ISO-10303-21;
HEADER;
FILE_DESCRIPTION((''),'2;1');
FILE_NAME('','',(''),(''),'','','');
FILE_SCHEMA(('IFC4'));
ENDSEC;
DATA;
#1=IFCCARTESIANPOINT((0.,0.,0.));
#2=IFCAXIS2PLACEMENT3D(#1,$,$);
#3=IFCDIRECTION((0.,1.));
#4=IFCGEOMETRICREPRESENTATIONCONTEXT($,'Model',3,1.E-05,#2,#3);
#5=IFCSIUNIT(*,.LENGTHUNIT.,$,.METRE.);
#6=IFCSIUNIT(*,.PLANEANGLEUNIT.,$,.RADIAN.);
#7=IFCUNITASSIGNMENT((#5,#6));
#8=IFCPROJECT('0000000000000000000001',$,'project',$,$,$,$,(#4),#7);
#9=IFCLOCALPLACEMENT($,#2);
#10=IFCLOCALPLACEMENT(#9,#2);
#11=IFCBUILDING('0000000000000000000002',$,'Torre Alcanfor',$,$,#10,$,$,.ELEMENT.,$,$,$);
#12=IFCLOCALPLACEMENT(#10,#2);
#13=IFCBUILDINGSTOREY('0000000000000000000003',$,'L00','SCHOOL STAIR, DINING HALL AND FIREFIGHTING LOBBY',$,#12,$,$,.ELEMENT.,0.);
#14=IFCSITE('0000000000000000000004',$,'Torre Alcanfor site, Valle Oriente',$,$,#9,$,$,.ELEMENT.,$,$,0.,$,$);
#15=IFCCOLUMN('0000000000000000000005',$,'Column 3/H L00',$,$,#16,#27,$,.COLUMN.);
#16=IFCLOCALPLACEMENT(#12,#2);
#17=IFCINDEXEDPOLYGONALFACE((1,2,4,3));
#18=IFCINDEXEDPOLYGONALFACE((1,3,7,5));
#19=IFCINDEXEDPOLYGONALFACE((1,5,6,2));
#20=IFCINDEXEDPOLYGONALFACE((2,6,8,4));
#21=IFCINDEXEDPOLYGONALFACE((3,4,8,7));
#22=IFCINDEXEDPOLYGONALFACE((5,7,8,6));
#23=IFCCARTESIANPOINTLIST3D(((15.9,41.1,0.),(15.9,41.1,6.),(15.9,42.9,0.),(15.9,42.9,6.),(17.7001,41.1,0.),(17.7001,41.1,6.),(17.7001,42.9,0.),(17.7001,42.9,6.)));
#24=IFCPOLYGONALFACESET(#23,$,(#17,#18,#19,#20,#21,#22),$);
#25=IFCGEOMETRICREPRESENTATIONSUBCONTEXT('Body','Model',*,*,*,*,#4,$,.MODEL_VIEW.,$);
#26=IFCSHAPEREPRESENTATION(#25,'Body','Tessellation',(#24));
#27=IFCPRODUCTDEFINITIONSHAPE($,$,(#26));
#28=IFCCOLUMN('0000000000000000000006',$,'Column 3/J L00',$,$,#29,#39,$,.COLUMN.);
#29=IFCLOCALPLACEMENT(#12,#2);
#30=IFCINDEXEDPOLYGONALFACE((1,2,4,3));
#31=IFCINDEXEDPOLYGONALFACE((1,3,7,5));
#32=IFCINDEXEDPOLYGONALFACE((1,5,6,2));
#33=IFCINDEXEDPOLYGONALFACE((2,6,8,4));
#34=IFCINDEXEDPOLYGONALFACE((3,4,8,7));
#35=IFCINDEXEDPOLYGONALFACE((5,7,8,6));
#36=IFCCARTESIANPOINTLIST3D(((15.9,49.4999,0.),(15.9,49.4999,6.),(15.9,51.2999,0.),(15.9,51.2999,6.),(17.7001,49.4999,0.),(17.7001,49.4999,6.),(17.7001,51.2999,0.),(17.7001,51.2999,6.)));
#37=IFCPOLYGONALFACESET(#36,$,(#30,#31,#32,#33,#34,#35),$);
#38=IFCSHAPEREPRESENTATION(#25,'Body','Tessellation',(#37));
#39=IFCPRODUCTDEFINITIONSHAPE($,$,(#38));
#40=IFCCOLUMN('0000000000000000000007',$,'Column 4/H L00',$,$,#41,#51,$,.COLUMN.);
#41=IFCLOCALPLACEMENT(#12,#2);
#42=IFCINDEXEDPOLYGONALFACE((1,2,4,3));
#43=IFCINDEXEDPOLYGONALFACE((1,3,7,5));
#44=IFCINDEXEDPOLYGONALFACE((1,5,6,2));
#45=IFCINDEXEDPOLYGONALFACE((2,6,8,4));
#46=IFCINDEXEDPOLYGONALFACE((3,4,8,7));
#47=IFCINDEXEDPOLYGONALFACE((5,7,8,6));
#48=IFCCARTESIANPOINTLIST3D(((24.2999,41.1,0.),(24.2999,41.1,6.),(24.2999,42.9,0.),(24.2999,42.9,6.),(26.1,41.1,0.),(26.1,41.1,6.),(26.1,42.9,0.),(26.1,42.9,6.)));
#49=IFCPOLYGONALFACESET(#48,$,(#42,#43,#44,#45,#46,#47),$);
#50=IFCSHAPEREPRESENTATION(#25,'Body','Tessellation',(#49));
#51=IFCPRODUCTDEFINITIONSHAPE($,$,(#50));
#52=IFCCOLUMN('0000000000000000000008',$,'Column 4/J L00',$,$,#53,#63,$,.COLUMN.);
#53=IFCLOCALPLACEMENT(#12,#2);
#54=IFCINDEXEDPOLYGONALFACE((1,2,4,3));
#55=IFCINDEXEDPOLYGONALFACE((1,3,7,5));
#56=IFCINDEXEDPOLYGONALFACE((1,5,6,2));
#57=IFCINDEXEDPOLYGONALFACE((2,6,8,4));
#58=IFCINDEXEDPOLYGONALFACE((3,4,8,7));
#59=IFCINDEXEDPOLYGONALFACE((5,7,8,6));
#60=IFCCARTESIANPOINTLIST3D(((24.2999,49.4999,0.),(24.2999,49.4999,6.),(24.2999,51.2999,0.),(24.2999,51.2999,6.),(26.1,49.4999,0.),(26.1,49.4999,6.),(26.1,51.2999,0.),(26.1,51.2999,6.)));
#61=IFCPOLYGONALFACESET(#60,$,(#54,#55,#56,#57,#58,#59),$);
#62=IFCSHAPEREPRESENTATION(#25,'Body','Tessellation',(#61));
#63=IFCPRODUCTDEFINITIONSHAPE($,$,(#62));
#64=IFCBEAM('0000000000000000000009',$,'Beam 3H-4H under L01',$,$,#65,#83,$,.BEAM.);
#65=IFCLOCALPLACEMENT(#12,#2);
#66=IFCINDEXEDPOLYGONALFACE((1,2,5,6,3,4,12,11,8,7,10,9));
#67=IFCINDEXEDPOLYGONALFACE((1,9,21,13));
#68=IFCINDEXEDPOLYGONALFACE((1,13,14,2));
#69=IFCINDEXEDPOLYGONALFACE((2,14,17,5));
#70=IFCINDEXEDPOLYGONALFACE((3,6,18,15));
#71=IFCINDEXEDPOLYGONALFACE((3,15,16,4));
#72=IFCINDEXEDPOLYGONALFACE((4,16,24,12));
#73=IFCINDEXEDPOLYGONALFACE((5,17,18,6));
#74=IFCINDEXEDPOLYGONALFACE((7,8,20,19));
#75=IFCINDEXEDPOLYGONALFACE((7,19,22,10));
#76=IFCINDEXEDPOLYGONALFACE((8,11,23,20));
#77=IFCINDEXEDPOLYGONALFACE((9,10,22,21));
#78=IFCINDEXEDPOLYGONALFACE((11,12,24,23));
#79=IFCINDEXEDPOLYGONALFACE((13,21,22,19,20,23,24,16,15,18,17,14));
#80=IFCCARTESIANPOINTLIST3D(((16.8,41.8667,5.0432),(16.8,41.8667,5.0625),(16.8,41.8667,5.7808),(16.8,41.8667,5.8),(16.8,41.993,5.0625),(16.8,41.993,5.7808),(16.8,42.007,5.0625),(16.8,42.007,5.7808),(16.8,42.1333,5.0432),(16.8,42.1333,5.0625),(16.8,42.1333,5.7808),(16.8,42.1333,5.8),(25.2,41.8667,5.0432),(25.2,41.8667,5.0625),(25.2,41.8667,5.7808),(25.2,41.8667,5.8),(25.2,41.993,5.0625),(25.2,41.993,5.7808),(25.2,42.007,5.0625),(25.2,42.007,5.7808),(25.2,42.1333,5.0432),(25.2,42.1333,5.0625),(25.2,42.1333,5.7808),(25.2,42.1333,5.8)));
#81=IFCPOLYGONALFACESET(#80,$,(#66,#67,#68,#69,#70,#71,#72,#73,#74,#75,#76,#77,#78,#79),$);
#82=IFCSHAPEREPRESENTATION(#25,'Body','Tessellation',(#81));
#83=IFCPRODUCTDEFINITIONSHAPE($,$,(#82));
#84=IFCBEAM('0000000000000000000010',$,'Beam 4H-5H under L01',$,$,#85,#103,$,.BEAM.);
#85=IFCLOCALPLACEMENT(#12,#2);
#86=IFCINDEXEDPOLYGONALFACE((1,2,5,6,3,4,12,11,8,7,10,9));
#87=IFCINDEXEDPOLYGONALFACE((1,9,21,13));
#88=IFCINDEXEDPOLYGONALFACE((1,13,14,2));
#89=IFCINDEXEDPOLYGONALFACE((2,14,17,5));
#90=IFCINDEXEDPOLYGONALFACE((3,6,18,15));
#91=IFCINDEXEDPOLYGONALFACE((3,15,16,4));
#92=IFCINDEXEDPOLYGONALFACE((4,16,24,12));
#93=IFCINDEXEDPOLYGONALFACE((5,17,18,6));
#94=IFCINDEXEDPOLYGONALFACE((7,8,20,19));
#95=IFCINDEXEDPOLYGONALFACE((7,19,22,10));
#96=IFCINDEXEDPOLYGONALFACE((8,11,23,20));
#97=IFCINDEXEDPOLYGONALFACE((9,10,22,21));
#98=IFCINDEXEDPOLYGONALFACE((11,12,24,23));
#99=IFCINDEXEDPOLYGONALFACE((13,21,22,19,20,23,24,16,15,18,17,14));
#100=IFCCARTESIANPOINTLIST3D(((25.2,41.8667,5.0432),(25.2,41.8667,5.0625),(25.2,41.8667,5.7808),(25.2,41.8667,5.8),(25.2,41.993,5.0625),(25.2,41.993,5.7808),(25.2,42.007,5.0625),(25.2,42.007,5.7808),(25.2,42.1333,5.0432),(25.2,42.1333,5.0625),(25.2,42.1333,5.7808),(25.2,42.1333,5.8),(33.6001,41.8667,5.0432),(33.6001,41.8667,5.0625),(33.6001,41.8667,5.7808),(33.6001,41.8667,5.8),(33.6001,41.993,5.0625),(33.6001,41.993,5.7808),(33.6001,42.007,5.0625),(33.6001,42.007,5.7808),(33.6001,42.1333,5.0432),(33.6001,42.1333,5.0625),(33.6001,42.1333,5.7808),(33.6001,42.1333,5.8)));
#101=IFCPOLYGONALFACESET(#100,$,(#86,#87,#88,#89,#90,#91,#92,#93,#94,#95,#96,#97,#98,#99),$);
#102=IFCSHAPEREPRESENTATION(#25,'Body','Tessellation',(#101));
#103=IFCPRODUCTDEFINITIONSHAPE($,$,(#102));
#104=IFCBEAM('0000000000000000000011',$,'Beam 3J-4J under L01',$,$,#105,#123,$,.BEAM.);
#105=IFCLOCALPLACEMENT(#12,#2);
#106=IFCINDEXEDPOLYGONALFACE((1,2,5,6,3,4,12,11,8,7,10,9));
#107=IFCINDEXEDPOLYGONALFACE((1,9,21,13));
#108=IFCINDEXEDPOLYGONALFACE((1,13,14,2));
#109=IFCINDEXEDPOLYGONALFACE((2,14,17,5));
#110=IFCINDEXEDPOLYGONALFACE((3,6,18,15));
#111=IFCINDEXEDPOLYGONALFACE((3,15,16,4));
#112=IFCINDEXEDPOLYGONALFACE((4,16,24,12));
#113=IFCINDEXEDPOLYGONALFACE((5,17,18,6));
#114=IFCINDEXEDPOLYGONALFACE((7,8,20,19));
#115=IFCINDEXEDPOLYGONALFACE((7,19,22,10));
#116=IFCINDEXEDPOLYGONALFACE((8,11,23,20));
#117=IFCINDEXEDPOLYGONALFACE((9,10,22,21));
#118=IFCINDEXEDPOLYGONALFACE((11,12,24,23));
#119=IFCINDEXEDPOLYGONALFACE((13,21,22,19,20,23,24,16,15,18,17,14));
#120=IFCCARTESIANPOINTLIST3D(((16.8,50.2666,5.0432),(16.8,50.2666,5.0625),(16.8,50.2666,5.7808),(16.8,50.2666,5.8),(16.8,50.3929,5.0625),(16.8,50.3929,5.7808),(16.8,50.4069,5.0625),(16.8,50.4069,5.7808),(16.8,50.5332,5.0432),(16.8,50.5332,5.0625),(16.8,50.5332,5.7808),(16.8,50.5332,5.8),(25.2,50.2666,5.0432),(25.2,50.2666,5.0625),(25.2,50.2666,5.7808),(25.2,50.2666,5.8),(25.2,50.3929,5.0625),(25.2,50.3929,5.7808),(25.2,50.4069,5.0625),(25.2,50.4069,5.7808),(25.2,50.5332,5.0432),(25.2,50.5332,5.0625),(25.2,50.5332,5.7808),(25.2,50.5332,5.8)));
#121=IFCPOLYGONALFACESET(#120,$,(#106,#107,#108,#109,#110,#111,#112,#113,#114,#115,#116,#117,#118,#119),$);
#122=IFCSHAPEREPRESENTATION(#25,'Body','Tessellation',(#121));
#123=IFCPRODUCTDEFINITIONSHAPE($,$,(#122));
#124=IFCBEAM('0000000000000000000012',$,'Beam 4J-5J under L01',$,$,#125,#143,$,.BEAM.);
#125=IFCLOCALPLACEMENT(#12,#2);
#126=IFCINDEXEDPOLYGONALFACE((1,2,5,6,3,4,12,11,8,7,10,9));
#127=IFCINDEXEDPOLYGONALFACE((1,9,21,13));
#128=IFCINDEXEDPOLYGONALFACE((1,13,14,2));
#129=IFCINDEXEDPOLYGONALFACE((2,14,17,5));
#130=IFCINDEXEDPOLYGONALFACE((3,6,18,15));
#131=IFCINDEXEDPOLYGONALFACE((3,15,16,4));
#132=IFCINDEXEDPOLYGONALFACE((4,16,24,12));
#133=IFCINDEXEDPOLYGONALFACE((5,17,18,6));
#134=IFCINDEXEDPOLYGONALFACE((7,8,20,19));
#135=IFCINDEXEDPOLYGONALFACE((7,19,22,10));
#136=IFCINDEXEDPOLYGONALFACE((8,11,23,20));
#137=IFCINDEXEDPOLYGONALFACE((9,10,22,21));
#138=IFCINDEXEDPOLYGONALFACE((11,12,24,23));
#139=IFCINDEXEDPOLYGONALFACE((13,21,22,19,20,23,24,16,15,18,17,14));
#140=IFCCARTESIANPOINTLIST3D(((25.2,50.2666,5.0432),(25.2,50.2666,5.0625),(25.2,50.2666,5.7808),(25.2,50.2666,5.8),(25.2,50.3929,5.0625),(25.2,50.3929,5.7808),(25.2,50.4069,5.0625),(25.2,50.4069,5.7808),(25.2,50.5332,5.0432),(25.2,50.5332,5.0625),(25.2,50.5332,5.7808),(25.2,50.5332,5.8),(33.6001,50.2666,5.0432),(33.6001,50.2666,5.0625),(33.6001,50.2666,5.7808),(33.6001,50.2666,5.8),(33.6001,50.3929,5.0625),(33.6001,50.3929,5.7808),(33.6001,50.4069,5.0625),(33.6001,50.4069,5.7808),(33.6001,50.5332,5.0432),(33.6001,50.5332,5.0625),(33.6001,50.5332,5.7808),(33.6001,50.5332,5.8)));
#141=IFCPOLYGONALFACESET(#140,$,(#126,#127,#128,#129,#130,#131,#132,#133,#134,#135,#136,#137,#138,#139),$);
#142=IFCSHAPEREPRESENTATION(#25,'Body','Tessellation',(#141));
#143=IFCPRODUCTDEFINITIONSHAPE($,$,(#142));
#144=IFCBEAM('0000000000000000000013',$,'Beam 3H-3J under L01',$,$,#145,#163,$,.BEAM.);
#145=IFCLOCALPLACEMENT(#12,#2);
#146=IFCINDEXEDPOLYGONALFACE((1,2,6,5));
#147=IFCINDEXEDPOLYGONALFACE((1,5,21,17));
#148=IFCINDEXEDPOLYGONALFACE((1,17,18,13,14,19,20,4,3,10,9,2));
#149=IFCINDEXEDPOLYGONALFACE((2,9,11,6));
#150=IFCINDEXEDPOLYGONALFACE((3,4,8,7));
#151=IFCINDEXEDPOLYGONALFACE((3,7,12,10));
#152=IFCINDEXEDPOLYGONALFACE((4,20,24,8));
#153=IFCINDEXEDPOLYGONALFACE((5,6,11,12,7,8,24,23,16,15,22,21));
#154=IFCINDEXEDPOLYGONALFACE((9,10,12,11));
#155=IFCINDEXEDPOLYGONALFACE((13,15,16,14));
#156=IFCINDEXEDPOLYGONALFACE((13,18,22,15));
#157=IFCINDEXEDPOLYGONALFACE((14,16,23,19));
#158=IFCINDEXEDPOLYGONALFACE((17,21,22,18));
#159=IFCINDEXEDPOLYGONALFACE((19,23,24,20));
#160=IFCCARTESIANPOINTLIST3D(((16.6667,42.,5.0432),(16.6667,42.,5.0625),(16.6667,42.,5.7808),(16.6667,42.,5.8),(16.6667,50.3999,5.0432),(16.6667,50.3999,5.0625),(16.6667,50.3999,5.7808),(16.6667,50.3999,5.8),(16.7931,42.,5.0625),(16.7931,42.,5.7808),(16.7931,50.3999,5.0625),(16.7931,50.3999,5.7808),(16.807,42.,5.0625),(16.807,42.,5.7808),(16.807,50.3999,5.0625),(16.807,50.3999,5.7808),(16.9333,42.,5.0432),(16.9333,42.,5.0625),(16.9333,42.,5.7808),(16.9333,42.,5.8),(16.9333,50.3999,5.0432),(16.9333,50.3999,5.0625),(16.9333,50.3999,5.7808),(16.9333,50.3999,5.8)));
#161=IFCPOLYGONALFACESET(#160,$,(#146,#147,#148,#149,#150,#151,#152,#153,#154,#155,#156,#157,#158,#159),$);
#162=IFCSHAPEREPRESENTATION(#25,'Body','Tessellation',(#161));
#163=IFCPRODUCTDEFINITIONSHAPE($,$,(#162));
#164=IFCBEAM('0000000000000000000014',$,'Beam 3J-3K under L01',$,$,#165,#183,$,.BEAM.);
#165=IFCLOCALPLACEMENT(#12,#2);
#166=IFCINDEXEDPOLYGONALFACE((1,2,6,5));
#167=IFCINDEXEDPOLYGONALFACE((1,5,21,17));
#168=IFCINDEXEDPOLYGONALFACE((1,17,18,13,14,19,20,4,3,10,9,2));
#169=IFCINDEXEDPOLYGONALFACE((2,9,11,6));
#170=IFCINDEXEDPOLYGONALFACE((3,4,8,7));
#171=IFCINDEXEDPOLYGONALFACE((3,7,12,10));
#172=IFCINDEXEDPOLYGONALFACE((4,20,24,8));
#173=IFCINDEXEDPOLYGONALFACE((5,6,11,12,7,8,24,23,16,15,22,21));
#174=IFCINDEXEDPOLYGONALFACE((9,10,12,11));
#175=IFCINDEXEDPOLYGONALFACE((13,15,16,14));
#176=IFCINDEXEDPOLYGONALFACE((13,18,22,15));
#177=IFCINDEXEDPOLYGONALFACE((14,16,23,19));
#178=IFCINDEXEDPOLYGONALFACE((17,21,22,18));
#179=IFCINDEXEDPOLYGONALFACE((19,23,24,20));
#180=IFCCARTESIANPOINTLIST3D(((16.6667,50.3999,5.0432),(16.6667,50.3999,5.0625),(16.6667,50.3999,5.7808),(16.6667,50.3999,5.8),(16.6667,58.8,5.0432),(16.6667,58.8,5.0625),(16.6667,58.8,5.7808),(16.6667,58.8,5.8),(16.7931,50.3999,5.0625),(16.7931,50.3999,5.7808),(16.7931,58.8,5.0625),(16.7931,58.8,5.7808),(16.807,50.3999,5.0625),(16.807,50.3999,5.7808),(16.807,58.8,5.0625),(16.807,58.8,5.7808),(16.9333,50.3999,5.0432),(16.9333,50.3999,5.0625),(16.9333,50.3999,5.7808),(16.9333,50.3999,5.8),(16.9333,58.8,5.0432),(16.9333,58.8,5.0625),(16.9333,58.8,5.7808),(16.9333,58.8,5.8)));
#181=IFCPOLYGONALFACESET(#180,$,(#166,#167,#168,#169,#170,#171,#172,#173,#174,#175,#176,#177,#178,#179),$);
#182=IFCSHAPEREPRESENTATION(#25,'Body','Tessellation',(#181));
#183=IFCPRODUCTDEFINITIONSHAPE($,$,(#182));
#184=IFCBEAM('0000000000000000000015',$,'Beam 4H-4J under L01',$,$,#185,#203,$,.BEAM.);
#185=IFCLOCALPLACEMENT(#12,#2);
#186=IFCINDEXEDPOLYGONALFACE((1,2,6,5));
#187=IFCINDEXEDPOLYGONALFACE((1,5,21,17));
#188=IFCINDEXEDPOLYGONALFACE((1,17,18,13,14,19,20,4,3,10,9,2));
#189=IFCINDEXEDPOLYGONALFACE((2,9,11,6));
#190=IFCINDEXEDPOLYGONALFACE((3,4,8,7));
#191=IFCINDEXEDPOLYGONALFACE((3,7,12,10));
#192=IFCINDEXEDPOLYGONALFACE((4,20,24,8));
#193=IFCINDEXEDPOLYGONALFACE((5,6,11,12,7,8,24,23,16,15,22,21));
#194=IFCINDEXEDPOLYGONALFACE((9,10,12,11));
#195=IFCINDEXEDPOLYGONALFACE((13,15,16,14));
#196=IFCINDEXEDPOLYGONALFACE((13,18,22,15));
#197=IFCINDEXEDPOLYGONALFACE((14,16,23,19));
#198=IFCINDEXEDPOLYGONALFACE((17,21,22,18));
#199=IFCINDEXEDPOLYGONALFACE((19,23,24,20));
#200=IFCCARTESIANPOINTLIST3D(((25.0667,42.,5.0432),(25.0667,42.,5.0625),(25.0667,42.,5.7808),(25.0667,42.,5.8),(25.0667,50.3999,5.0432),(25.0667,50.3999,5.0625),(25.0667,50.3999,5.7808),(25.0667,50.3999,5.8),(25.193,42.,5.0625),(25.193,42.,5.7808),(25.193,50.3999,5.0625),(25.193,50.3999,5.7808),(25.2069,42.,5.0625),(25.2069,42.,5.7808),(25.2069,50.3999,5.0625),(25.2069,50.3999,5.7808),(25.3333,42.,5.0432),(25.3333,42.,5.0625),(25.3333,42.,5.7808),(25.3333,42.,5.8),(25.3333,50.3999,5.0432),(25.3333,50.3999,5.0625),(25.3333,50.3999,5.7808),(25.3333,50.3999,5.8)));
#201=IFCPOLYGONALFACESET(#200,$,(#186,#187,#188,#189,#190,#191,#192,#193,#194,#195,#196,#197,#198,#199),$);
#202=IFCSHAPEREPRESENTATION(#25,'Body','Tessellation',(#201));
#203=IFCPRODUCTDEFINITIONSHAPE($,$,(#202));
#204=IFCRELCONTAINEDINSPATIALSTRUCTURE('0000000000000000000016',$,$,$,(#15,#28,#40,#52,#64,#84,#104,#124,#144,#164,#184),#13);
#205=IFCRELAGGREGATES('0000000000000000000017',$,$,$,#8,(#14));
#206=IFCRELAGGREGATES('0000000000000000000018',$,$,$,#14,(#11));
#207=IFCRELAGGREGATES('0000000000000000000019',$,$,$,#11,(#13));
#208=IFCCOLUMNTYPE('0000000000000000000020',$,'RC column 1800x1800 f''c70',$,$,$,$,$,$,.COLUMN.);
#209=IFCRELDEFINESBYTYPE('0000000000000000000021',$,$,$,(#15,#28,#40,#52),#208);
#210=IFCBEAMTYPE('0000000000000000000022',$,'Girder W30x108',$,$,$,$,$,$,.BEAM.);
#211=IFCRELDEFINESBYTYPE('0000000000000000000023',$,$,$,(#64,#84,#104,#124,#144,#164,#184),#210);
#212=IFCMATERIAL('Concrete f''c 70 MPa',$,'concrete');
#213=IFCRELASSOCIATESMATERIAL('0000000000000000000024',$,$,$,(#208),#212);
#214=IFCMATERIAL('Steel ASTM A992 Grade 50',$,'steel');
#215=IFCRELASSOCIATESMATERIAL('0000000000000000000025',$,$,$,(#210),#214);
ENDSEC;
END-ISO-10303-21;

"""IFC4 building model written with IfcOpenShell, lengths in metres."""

from ifc_helpers import new_model, si_unit, direction, frame, origin, origin_2d, place, context, subcontext, project, spatial, rectangle, i_section, extrude, material, material_profile, profile_set, type_object, element, save


model = new_model("IFC4")

# Units and contexts
model_context = context("Model", 3, precision=1e-05, world=origin(), true_north=direction((0.0, 1.0)))
body_context = subcontext(model_context, "Body", "Model", "MODEL_VIEW")
ifc_project = project(units=[si_unit("LENGTHUNIT", "METRE"), si_unit("PLANEANGLEUNIT", "RADIAN")], contexts=[model_context])

# Site, building, storey
site_placement = place(None, origin())
site = spatial("IfcSite", under=ifc_project, at=site_placement, Name="Torre Alcanfor site, Valle Oriente", CompositionType="ELEMENT", RefElevation=0.0)
building_placement = place(site_placement, origin())
building = spatial("IfcBuilding", under=site, at=building_placement, Name="Torre Alcanfor", CompositionType="ELEMENT")
storey_placement = place(building_placement, origin())
storey = spatial("IfcBuildingStorey", under=building, at=storey_placement, Name="L00", Description="SCHOOL STAIR, DINING HALL AND FIREFIGHTING LOBBY", CompositionType="ELEMENT", Elevation=0.0)

# Columns
ifc_material_1 = material(Name="Concrete f'c 70 MPa", Category="concrete")
ifc_material_profile_1 = material_profile(ifc_material_1, rectangle(XDim=1.8, YDim=1.8, at=origin_2d()), Name="1800x1800")
ifc_profile_set_1 = profile_set([ifc_material_profile_1], Name="Concrete f'c 70 MPa")
column_type = type_object("IfcColumnType", Name="RC column 1800x1800 f'c70", PredefinedType="COLUMN", material=ifc_profile_set_1)
for number, where, z_axis, x_axis, name in (
    (1, (16.8, 42.0, 0.0), (0.0, 0.0, 1.0), (1.0, 0.0, 0.0), "Column 3/H L00"),
    (2, (16.8, 50.3999, 0.0), (0.0, 0.0, 1.0), (1.0, 0.0, 0.0), "Column 3/J L00"),
    (3, (25.2, 42.0, 0.0), (0.0, 0.0, 1.0), (1.0, 0.0, 0.0), "Column 4/H L00"),
    (4, (25.2, 50.3999, 0.0), (0.0, 0.0, 1.0), (1.0, 0.0, 0.0), "Column 4/J L00"),
):
    element("IfcColumn", number, at=place(storey_placement, frame(where, z_axis=z_axis, x_axis=x_axis)), inside=storey, type_object=column_type, Name=name, PredefinedType="COLUMN", context=body_context, shape_type="SweptSolid", body=[
        extrude(rectangle(XDim=1.8, YDim=1.8, at=origin_2d()), origin(), (0.0, 0.0, 1.0), 6.0),
    ])

# Beams
ifc_material_2 = material(Name="Steel ASTM A992 Grade 50", Category="steel")
ifc_material_profile_2 = material_profile(ifc_material_2, i_section(OverallWidth=0.2666, OverallDepth=0.7568, WebThickness=0.0139, FlangeThickness=0.0193, at=origin_2d()), Name="W30x108")
ifc_profile_set_2 = profile_set([ifc_material_profile_2], Name="Steel ASTM A992 Grade 50")
beam_type_1 = type_object("IfcBeamType", Name="Girder W30x108", PredefinedType="BEAM", material=ifc_profile_set_2)
beam_1_placement = place(storey_placement, frame((16.8, 42.0, 5.4216), z_axis=(1.0, 0.0, 0.0), x_axis=(0.0, 1.0, 0.0)))
element("IfcBeam", 5, at=beam_1_placement, inside=storey, type_object=beam_type_1, Name="Beam 3H-4H under L01", PredefinedType="BEAM", context=body_context, shape_type="SweptSolid", body=[
    extrude(i_section(OverallWidth=0.2666, OverallDepth=0.7568, WebThickness=0.0139, FlangeThickness=0.0193, at=origin_2d()), origin(), (0.0, 0.0, 1.0), 8.3999),
])
beam_2_placement = place(storey_placement, frame((25.2, 42.0, 5.4216), z_axis=(1.0, 0.0, 0.0), x_axis=(0.0, 1.0, 0.0)))
element("IfcBeam", 6, at=beam_2_placement, inside=storey, type_object=beam_type_1, Name="Beam 4H-5H under L01", PredefinedType="BEAM", context=body_context, shape_type="SweptSolid", body=[
    extrude(i_section(OverallWidth=0.2666, OverallDepth=0.7568, WebThickness=0.0139, FlangeThickness=0.0193, at=origin_2d()), origin(), (0.0, 0.0, 1.0), 8.4001),
])
beam_3_placement = place(storey_placement, frame((16.8, 50.3999, 5.4216), z_axis=(1.0, 0.0, 0.0), x_axis=(0.0, 1.0, 0.0)))
element("IfcBeam", 7, at=beam_3_placement, inside=storey, type_object=beam_type_1, Name="Beam 3J-4J under L01", PredefinedType="BEAM", context=body_context, shape_type="SweptSolid", body=[
    extrude(i_section(OverallWidth=0.2666, OverallDepth=0.7568, WebThickness=0.0139, FlangeThickness=0.0193, at=origin_2d()), origin(), (0.0, 0.0, 1.0), 8.3999),
])
beam_4_placement = place(storey_placement, frame((25.2, 50.3999, 5.4216), z_axis=(1.0, 0.0, 0.0), x_axis=(0.0, 1.0, 0.0)))
element("IfcBeam", 8, at=beam_4_placement, inside=storey, type_object=beam_type_1, Name="Beam 4J-5J under L01", PredefinedType="BEAM", context=body_context, shape_type="SweptSolid", body=[
    extrude(i_section(OverallWidth=0.2666, OverallDepth=0.7568, WebThickness=0.0139, FlangeThickness=0.0193, at=origin_2d()), origin(), (0.0, 0.0, 1.0), 8.4001),
])
beam_5_placement = place(storey_placement, frame((16.8, 42.0, 5.4216), z_axis=(0.0, 1.0, 0.0), x_axis=(-1.0, 0.0, 0.0)))
element("IfcBeam", 9, at=beam_5_placement, inside=storey, type_object=beam_type_1, Name="Beam 3H-3J under L01", PredefinedType="BEAM", context=body_context, shape_type="SweptSolid", body=[
    extrude(i_section(OverallWidth=0.2666, OverallDepth=0.7568, WebThickness=0.0139, FlangeThickness=0.0193, at=origin_2d()), origin(), (0.0, 0.0, 1.0), 8.3999),
])
beam_6_placement = place(storey_placement, frame((16.8, 50.3999, 5.4216), z_axis=(0.0, 1.0, 0.0), x_axis=(-1.0, 0.0, 0.0)))
element("IfcBeam", 10, at=beam_6_placement, inside=storey, type_object=beam_type_1, Name="Beam 3J-3K under L01", PredefinedType="BEAM", context=body_context, shape_type="SweptSolid", body=[
    extrude(i_section(OverallWidth=0.2666, OverallDepth=0.7568, WebThickness=0.0139, FlangeThickness=0.0193, at=origin_2d()), origin(), (0.0, 0.0, 1.0), 8.4001),
])
beam_7_placement = place(storey_placement, frame((25.2, 42.0, 5.4216), z_axis=(0.0, 1.0, 0.0), x_axis=(-1.0, 0.0, 0.0)))
element("IfcBeam", 11, at=beam_7_placement, inside=storey, type_object=beam_type_1, Name="Beam 4H-4J under L01", PredefinedType="BEAM", context=body_context, shape_type="SweptSolid", body=[
    extrude(i_section(OverallWidth=0.2666, OverallDepth=0.7568, WebThickness=0.0139, FlangeThickness=0.0193, at=origin_2d()), origin(), (0.0, 0.0, 1.0), 8.3999),
])

save(model, "model.ifc")
